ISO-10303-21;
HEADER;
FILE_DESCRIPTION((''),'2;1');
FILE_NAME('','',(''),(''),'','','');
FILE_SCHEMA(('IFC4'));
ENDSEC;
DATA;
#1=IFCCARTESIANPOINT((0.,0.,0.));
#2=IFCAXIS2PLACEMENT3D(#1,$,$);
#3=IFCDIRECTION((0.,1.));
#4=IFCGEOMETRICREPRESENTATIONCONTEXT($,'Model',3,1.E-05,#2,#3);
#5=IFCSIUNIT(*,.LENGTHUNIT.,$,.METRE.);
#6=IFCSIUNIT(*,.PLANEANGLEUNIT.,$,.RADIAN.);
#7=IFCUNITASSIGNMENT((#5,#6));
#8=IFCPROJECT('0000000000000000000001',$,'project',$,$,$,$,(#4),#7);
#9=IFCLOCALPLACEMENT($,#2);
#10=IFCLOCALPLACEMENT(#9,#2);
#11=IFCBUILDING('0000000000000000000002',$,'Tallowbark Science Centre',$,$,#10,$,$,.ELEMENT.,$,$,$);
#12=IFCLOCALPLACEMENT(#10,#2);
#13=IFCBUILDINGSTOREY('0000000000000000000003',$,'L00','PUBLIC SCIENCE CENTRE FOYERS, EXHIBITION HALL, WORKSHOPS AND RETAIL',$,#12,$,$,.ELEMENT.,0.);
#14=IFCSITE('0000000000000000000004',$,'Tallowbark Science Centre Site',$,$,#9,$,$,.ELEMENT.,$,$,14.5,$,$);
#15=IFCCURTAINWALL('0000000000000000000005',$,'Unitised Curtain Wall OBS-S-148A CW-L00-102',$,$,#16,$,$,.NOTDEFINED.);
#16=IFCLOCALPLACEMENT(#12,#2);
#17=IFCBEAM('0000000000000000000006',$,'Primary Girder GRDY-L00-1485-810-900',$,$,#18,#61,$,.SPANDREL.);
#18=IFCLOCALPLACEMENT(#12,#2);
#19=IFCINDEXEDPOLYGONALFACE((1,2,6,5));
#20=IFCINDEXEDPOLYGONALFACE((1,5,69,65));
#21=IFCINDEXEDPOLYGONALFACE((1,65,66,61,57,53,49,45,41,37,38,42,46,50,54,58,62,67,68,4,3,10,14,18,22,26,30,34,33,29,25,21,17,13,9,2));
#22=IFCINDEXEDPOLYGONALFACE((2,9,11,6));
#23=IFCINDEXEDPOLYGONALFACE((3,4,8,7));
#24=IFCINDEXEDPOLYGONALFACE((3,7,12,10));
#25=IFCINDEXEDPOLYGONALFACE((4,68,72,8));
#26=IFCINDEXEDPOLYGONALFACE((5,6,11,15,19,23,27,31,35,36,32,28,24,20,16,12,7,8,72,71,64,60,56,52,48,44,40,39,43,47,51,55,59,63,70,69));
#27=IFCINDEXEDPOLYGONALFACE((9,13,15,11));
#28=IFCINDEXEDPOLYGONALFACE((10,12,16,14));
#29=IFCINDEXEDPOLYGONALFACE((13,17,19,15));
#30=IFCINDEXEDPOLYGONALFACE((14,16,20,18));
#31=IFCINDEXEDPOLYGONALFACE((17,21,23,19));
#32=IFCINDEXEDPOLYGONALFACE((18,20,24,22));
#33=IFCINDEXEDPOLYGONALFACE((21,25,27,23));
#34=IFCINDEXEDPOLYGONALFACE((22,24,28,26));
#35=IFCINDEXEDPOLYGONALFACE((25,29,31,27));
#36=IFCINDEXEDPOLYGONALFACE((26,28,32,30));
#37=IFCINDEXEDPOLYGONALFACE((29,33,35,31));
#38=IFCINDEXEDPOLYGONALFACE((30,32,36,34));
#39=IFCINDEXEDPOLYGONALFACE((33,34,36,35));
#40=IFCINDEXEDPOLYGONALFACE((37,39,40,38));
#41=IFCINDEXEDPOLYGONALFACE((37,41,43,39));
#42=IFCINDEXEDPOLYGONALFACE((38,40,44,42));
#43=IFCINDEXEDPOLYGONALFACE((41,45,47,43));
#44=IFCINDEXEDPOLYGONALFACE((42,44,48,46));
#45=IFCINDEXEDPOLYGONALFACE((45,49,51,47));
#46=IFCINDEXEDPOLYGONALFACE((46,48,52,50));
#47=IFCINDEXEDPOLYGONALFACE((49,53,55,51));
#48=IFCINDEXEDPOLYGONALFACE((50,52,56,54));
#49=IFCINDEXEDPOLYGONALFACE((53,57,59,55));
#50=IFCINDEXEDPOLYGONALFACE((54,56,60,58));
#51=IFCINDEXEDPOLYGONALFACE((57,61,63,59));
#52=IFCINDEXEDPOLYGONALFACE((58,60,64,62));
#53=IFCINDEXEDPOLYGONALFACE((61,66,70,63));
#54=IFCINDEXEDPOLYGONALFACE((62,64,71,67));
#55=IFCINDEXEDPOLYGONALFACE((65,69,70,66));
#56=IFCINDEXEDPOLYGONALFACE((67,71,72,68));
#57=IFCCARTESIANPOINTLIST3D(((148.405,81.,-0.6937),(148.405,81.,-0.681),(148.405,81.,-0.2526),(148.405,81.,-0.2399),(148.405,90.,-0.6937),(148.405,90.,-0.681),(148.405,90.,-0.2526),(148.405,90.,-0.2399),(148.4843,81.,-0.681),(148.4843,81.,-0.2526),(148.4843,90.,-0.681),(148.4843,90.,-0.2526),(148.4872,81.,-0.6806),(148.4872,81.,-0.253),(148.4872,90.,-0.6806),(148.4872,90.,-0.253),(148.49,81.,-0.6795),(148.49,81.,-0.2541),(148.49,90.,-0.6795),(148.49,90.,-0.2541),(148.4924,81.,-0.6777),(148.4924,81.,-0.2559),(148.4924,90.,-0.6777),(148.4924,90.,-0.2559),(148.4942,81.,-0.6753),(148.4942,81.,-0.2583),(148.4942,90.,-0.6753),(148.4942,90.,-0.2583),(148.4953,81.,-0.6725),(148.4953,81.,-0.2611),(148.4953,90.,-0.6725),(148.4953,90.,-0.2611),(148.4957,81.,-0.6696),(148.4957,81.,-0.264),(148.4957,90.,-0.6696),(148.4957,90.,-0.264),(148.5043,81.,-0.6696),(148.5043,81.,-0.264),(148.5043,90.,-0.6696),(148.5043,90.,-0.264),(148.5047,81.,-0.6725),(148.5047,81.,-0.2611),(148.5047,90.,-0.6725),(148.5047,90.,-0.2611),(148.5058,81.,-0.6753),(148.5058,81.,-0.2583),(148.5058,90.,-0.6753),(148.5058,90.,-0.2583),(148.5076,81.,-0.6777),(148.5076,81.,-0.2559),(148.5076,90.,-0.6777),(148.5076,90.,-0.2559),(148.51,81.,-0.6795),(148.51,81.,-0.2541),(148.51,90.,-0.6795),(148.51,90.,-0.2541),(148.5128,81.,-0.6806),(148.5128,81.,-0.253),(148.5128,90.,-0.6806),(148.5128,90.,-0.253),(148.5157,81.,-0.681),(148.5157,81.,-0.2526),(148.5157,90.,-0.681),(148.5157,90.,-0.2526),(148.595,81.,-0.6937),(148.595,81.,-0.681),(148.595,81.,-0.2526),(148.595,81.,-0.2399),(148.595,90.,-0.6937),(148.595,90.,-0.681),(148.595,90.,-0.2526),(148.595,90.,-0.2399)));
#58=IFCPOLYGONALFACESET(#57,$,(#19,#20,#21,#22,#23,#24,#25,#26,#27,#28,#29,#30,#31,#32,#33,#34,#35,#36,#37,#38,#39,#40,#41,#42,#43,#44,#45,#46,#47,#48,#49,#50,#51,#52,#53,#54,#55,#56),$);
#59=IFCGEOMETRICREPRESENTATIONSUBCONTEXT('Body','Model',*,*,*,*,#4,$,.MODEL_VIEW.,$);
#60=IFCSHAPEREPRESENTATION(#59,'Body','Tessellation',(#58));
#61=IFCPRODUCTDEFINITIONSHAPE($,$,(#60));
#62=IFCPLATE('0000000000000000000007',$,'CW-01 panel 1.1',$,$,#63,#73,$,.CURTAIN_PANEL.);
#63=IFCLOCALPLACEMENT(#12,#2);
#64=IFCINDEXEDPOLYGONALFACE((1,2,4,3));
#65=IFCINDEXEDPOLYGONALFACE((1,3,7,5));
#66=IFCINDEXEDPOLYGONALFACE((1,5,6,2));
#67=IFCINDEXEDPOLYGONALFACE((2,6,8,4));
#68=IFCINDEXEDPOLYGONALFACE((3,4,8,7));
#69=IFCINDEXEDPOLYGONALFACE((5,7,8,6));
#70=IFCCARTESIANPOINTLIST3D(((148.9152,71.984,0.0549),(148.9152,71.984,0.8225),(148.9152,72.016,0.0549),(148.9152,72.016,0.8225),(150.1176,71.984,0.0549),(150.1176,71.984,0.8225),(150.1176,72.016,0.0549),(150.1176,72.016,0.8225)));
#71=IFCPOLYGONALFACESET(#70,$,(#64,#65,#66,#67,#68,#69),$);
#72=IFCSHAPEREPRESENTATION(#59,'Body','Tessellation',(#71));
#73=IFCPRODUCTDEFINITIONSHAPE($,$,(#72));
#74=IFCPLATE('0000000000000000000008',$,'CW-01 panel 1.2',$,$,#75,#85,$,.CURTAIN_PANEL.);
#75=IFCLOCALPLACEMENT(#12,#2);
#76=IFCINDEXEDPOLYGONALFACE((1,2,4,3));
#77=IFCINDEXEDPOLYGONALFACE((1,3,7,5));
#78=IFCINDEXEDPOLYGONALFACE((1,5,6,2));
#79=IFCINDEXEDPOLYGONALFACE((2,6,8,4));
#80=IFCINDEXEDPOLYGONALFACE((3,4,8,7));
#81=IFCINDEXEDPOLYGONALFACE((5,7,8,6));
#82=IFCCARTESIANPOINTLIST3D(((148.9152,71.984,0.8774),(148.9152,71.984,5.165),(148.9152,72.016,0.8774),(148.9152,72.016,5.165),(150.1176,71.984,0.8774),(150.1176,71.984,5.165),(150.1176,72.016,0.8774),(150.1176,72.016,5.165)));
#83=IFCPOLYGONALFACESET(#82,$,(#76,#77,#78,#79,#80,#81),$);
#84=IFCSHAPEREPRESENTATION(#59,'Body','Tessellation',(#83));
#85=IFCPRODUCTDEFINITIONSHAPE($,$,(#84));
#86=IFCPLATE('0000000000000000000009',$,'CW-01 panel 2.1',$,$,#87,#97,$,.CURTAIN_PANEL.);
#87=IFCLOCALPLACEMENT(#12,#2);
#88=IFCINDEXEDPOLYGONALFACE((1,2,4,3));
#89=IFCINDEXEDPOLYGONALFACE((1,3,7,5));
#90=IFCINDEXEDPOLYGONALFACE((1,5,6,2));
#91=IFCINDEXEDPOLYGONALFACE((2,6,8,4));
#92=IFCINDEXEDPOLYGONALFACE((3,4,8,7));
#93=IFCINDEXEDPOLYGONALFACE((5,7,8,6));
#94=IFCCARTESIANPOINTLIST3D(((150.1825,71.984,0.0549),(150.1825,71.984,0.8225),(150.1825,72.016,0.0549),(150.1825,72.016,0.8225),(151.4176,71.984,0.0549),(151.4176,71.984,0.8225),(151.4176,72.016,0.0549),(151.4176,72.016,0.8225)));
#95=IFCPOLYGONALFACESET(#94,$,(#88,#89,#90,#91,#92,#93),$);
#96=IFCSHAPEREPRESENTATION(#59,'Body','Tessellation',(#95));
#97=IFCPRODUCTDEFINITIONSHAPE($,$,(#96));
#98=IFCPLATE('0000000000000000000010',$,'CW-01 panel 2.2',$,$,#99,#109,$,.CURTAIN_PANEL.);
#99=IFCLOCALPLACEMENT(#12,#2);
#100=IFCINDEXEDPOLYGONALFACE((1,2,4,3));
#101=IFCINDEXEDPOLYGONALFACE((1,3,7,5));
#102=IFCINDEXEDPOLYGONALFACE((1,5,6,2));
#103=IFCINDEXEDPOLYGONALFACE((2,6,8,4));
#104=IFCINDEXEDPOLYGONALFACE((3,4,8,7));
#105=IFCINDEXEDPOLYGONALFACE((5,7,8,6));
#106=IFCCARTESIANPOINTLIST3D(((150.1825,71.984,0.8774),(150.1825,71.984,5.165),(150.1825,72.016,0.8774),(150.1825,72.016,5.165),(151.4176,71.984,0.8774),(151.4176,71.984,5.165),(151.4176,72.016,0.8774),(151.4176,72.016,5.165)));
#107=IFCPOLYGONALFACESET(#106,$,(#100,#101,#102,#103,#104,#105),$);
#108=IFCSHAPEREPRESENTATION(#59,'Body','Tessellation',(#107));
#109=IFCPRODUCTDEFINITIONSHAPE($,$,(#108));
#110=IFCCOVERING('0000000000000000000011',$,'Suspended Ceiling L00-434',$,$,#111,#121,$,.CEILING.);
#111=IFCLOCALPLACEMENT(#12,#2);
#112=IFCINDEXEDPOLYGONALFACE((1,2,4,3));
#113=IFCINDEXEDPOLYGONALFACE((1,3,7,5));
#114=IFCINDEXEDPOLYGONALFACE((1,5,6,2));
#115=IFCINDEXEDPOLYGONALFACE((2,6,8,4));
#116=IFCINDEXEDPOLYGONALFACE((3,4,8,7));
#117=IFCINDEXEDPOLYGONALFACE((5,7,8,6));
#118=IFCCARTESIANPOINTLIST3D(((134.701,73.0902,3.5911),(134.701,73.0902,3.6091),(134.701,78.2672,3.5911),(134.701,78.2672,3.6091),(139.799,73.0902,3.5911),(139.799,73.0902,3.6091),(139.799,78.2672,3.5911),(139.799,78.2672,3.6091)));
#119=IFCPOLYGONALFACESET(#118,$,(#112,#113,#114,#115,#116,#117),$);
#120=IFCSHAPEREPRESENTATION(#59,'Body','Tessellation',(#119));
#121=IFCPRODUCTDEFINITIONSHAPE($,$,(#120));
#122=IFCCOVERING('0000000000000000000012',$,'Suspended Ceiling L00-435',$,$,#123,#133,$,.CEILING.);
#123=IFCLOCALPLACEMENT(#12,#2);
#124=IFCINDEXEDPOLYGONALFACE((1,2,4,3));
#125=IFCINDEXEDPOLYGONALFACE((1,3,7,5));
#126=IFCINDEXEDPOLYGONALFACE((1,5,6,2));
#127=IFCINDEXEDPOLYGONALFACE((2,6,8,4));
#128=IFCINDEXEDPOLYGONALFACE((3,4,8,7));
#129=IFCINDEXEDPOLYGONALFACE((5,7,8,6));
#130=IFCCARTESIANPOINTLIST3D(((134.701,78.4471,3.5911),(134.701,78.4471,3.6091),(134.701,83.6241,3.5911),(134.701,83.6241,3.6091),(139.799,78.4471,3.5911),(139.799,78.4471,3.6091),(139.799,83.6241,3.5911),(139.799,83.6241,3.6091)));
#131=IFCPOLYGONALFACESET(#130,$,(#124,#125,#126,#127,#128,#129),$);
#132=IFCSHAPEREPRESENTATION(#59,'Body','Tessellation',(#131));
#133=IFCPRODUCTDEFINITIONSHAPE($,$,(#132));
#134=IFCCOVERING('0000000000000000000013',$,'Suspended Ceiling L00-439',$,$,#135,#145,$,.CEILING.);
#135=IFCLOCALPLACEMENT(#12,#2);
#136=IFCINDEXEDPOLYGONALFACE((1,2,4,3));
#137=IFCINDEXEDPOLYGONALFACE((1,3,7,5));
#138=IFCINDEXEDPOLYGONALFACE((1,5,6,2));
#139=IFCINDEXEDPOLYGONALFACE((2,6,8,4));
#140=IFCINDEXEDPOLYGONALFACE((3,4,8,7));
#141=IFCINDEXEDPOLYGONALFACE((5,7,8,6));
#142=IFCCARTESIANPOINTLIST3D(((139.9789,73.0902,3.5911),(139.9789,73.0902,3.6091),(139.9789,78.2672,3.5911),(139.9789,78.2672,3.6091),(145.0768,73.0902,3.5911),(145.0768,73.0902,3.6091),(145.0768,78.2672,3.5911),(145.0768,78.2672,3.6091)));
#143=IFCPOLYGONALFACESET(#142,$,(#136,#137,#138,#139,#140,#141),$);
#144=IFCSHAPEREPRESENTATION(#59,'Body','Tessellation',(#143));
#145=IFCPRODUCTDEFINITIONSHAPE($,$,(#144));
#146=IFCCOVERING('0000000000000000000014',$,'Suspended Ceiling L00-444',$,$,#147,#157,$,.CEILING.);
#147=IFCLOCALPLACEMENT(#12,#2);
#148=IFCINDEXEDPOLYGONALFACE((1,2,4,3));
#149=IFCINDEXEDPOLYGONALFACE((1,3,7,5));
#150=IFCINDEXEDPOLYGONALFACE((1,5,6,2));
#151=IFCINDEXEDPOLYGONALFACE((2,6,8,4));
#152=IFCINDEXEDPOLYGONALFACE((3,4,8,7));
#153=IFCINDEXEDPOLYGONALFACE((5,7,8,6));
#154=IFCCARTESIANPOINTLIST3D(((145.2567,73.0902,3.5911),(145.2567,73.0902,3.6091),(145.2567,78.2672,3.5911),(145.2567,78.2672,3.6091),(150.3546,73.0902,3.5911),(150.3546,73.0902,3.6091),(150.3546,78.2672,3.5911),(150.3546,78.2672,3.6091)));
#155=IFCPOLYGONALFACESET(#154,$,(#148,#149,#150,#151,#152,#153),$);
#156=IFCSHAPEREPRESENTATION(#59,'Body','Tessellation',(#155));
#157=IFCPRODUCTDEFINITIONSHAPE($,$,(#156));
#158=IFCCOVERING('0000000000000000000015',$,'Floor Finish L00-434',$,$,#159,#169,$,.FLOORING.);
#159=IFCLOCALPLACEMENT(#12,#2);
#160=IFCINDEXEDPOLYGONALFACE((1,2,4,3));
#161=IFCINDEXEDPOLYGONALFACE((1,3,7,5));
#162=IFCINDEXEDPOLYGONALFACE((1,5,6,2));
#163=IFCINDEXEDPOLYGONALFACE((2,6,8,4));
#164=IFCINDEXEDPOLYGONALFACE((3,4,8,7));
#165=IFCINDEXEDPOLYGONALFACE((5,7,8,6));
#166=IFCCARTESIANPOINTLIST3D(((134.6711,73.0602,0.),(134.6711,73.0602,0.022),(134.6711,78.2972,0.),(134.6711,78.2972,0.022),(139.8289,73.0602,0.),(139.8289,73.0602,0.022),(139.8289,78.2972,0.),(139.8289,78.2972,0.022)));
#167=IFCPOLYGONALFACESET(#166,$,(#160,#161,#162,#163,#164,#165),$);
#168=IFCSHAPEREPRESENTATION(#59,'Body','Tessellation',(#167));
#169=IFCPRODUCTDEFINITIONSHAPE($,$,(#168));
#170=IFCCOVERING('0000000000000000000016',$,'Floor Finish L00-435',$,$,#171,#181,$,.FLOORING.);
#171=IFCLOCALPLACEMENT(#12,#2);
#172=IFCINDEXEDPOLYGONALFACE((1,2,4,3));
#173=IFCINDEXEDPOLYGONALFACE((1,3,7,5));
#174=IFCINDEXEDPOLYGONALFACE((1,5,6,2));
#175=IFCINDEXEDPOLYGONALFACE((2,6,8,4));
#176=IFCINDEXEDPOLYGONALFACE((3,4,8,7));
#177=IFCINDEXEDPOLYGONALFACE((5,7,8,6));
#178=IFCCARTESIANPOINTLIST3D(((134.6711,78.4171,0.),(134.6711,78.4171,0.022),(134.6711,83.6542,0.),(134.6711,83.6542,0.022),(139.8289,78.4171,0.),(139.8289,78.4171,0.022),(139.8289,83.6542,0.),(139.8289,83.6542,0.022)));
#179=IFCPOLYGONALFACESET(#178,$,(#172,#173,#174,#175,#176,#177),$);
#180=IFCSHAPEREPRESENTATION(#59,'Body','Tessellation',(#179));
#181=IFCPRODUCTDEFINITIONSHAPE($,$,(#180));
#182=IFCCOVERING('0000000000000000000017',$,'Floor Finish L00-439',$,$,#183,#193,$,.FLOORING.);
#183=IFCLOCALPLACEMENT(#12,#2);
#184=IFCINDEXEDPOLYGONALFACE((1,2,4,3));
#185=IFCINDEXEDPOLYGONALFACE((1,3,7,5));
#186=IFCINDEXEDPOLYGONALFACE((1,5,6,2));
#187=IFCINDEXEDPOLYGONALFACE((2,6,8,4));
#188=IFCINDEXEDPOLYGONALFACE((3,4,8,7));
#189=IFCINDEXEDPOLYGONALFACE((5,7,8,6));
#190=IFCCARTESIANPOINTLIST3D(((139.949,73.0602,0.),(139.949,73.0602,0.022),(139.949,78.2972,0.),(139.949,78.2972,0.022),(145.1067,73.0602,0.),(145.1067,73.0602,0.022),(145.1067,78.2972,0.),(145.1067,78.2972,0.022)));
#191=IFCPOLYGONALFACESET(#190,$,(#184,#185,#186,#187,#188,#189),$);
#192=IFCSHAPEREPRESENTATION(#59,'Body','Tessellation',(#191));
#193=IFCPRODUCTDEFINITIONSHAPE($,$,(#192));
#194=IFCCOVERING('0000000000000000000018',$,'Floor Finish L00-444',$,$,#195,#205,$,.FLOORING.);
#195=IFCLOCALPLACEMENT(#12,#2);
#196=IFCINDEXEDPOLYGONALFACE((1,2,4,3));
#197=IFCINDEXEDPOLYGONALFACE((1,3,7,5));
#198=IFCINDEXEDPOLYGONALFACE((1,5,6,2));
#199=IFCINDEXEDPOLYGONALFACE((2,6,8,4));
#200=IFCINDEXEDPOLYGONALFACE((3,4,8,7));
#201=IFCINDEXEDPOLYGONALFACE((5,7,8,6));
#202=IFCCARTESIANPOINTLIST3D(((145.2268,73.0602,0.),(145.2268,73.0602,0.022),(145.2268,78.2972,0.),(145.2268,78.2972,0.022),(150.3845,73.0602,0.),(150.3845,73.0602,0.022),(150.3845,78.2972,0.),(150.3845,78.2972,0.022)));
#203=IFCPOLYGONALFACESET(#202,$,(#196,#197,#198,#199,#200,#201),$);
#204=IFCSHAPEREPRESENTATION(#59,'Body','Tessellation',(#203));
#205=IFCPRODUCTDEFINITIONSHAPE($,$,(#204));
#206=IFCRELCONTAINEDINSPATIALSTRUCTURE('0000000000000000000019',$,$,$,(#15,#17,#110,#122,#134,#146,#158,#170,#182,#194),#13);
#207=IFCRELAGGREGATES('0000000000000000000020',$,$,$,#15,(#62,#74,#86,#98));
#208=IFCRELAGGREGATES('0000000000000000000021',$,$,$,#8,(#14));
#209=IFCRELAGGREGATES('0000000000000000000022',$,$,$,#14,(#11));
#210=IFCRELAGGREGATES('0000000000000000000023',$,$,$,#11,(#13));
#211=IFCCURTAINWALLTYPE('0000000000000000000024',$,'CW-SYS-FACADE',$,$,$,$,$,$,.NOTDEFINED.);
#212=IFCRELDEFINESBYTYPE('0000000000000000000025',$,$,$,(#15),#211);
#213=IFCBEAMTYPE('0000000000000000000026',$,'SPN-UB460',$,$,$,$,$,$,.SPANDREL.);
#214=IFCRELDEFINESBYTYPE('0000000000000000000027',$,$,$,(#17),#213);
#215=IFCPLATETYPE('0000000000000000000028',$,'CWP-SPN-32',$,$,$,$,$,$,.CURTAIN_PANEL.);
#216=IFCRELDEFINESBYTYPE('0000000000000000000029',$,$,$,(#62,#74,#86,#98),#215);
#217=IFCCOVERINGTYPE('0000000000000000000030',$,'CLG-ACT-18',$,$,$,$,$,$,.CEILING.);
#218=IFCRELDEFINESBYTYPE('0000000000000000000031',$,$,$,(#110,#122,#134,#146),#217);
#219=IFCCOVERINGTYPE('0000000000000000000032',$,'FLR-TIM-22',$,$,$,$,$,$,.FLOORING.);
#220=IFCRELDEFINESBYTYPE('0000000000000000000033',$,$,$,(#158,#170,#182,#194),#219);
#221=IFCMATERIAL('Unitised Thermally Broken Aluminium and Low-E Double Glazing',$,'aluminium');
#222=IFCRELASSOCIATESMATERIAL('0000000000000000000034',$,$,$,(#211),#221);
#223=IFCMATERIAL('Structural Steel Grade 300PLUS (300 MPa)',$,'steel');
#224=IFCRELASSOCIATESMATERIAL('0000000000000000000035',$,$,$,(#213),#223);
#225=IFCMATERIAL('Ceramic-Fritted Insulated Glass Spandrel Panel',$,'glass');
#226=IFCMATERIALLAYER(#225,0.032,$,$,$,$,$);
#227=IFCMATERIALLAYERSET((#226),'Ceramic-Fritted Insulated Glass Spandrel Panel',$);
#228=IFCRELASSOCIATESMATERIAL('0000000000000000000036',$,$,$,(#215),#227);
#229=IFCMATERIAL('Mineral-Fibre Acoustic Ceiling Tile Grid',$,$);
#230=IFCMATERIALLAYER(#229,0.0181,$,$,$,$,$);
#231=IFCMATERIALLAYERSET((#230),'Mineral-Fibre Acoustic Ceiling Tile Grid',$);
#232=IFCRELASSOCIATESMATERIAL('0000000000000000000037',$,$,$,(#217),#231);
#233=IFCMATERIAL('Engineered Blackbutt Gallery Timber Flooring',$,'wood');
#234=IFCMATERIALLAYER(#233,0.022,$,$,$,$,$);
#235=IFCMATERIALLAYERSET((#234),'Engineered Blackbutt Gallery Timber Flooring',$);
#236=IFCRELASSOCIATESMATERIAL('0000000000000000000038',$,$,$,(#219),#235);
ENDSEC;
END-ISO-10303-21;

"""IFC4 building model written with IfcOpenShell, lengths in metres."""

from ifc_helpers import new_model, si_unit, direction, frame, origin, origin_2d, place, context, subcontext, project, spatial, rectangle, i_section, extrude, material, layer, layer_set, material_profile, profile_set, type_object, element, aggregate, save


model = new_model("IFC4")

# Units and contexts
model_context = context("Model", 3, precision=1e-05, world=origin(), true_north=direction((0.0, 1.0)))
body_context = subcontext(model_context, "Body", "Model", "MODEL_VIEW")
ifc_project = project(units=[si_unit("LENGTHUNIT", "METRE"), si_unit("PLANEANGLEUNIT", "RADIAN")], contexts=[model_context])

# Site, building, storey
site_placement = place(None, origin())
site = spatial("IfcSite", under=ifc_project, at=site_placement, Name="Tallowbark Science Centre Site", CompositionType="ELEMENT", RefElevation=14.5)
building_placement = place(site_placement, origin())
building = spatial("IfcBuilding", under=site, at=building_placement, Name="Tallowbark Science Centre", CompositionType="ELEMENT")
storey_placement = place(building_placement, origin())
storey = spatial("IfcBuildingStorey", under=building, at=storey_placement, Name="L00", Description="PUBLIC SCIENCE CENTRE FOYERS, EXHIBITION HALL, WORKSHOPS AND RETAIL", CompositionType="ELEMENT", Elevation=0.0)

# Shared definitions
ifc_material_1 = material(Name="Structural Steel Grade 300PLUS (300 MPa)", Category="steel")

# Curtain wall
ifc_material_2 = material(Name="Unitised Thermally Broken Aluminium and Low-E Double Glazing", Category="aluminium")
curtain_wall_type = type_object("IfcCurtainWallType", Name="CW-SYS-FACADE", PredefinedType="NOTDEFINED", material=ifc_material_2)
curtain_wall_placement = place(storey_placement, origin())
curtain_wall = element("IfcCurtainWall", 1, at=curtain_wall_placement, inside=storey, type_object=curtain_wall_type, Name="Unitised Curtain Wall OBS-S-148A CW-L00-102", PredefinedType="NOTDEFINED")

# Beam
ifc_material_profile_1 = material_profile(ifc_material_1, i_section(OverallWidth=0.1899, OverallDepth=0.4539, WebThickness=0.0085, FlangeThickness=0.0127, FilletRadius=0.0115, at=origin_2d()), Name="460UB67.1")
ifc_profile_set_1 = profile_set([ifc_material_profile_1], Name="Structural Steel Grade 300PLUS (300 MPa)")
beam_type_1 = type_object("IfcBeamType", Name="SPN-UB460", PredefinedType="SPANDREL", material=ifc_profile_set_1)
beam_1_placement = place(storey_placement, frame((148.5, 81.0, -0.4668), z_axis=(0.0, 1.0, 0.0), x_axis=(-1.0, 0.0, 0.0)))
element("IfcBeam", 2, at=beam_1_placement, inside=storey, type_object=beam_type_1, Name="Primary Girder GRDY-L00-1485-810-900", PredefinedType="SPANDREL", context=body_context, shape_type="SweptSolid", body=[
    extrude(i_section(OverallWidth=0.1899, OverallDepth=0.4539, WebThickness=0.0085, FlangeThickness=0.0127, FilletRadius=0.0115, at=origin_2d()), origin(), (0.0, 0.0, 1.0), 9.0),
])

# Plates
ifc_material_3 = material(Name="Ceramic-Fritted Insulated Glass Spandrel Panel", Category="glass")
ifc_layer_1 = layer(ifc_material_3, 0.032)
ifc_layer_set_1 = layer_set([ifc_layer_1], Name="Ceramic-Fritted Insulated Glass Spandrel Panel")
plate_type = type_object("IfcPlateType", Name="CWP-SPN-32", PredefinedType="CURTAIN_PANEL", material=ifc_layer_set_1)
plate_1_placement = place(storey_placement, frame((149.5164, 72.0, 0.0549), z_axis=(0.0, 0.0, 1.0), x_axis=(1.0, 0.0, 0.0)))
plate_1 = element("IfcPlate", 3, at=plate_1_placement, type_object=plate_type, Name="CW-01 panel 1.1", PredefinedType="CURTAIN_PANEL", context=body_context, shape_type="SweptSolid", body=[
    extrude(rectangle(XDim=1.2024, YDim=0.032, at=origin_2d()), origin(), (0.0, 0.0, 1.0), 0.7676),
])
plate_2_placement = place(storey_placement, frame((149.5164, 72.0, 0.8774), z_axis=(0.0, 0.0, 1.0), x_axis=(1.0, 0.0, 0.0)))
plate_2 = element("IfcPlate", 4, at=plate_2_placement, type_object=plate_type, Name="CW-01 panel 1.2", PredefinedType="CURTAIN_PANEL", context=body_context, shape_type="SweptSolid", body=[
    extrude(rectangle(XDim=1.2024, YDim=0.032, at=origin_2d()), origin(), (0.0, 0.0, 1.0), 4.2876),
])
plate_3_placement = place(storey_placement, frame((150.8, 72.0, 0.0549), z_axis=(0.0, 0.0, 1.0), x_axis=(1.0, 0.0, 0.0)))
plate_3 = element("IfcPlate", 5, at=plate_3_placement, type_object=plate_type, Name="CW-01 panel 2.1", PredefinedType="CURTAIN_PANEL", context=body_context, shape_type="SweptSolid", body=[
    extrude(rectangle(XDim=1.2351, YDim=0.032, at=origin_2d()), origin(), (0.0, 0.0, 1.0), 0.7676),
])
plate_4_placement = place(storey_placement, frame((150.8, 72.0, 0.8774), z_axis=(0.0, 0.0, 1.0), x_axis=(1.0, 0.0, 0.0)))
plate_4 = element("IfcPlate", 6, at=plate_4_placement, type_object=plate_type, Name="CW-01 panel 2.2", PredefinedType="CURTAIN_PANEL", context=body_context, shape_type="SweptSolid", body=[
    extrude(rectangle(XDim=1.2351, YDim=0.032, at=origin_2d()), origin(), (0.0, 0.0, 1.0), 4.2876),
])
aggregate(curtain_wall, [plate_1, plate_2, plate_3, plate_4])

# Coverings
ifc_material_4 = material(Name="Mineral-Fibre Acoustic Ceiling Tile Grid")
ifc_layer_2 = layer(ifc_material_4, 0.0181)
ifc_layer_set_2 = layer_set([ifc_layer_2], Name="Mineral-Fibre Acoustic Ceiling Tile Grid")
covering_type_1 = type_object("IfcCoveringType", Name="CLG-ACT-18", PredefinedType="CEILING", material=ifc_layer_set_2)
for number, where, z_axis, x_axis, name in (
    (7, (137.25, 75.6787, 3.5911), (0.0, 0.0, 1.0), (1.0, 0.0, 0.0), "Suspended Ceiling L00-434"),
    (8, (137.25, 81.0356, 3.5911), (0.0, 0.0, 1.0), (1.0, 0.0, 0.0), "Suspended Ceiling L00-435"),
    (9, (142.5278, 75.6787, 3.5911), (0.0, 0.0, 1.0), (1.0, 0.0, 0.0), "Suspended Ceiling L00-439"),
    (10, (147.8057, 75.6787, 3.5911), (0.0, 0.0, 1.0), (1.0, 0.0, 0.0), "Suspended Ceiling L00-444"),
):
    element("IfcCovering", number, at=place(storey_placement, frame(where, z_axis=z_axis, x_axis=x_axis)), inside=storey, type_object=covering_type_1, Name=name, PredefinedType="CEILING", context=body_context, shape_type="SweptSolid", body=[
        extrude(rectangle(XDim=5.0979, YDim=5.177, at=origin_2d()), origin(), (0.0, 0.0, 1.0), 0.0181),
    ])
ifc_material_5 = material(Name="Engineered Blackbutt Gallery Timber Flooring", Category="wood")
ifc_layer_3 = layer(ifc_material_5, 0.022)
ifc_layer_set_3 = layer_set([ifc_layer_3], Name="Engineered Blackbutt Gallery Timber Flooring")
covering_type_2 = type_object("IfcCoveringType", Name="FLR-TIM-22", PredefinedType="FLOORING", material=ifc_layer_set_3)
for number, where, z_axis, x_axis, name in (
    (11, (137.25, 75.6787, 0.0), (0.0, 0.0, 1.0), (1.0, 0.0, 0.0), "Floor Finish L00-434"),
    (12, (137.25, 81.0356, 0.0), (0.0, 0.0, 1.0), (1.0, 0.0, 0.0), "Floor Finish L00-435"),
    (13, (142.5278, 75.6787, 0.0), (0.0, 0.0, 1.0), (1.0, 0.0, 0.0), "Floor Finish L00-439"),
    (14, (147.8057, 75.6787, 0.0), (0.0, 0.0, 1.0), (1.0, 0.0, 0.0), "Floor Finish L00-444"),
):
    element("IfcCovering", number, at=place(storey_placement, frame(where, z_axis=z_axis, x_axis=x_axis)), inside=storey, type_object=covering_type_2, Name=name, PredefinedType="FLOORING", context=body_context, shape_type="SweptSolid", body=[
        extrude(rectangle(XDim=5.1577, YDim=5.2371, at=origin_2d()), origin(), (0.0, 0.0, 1.0), 0.022),
    ])

save(model, "model.ifc")
